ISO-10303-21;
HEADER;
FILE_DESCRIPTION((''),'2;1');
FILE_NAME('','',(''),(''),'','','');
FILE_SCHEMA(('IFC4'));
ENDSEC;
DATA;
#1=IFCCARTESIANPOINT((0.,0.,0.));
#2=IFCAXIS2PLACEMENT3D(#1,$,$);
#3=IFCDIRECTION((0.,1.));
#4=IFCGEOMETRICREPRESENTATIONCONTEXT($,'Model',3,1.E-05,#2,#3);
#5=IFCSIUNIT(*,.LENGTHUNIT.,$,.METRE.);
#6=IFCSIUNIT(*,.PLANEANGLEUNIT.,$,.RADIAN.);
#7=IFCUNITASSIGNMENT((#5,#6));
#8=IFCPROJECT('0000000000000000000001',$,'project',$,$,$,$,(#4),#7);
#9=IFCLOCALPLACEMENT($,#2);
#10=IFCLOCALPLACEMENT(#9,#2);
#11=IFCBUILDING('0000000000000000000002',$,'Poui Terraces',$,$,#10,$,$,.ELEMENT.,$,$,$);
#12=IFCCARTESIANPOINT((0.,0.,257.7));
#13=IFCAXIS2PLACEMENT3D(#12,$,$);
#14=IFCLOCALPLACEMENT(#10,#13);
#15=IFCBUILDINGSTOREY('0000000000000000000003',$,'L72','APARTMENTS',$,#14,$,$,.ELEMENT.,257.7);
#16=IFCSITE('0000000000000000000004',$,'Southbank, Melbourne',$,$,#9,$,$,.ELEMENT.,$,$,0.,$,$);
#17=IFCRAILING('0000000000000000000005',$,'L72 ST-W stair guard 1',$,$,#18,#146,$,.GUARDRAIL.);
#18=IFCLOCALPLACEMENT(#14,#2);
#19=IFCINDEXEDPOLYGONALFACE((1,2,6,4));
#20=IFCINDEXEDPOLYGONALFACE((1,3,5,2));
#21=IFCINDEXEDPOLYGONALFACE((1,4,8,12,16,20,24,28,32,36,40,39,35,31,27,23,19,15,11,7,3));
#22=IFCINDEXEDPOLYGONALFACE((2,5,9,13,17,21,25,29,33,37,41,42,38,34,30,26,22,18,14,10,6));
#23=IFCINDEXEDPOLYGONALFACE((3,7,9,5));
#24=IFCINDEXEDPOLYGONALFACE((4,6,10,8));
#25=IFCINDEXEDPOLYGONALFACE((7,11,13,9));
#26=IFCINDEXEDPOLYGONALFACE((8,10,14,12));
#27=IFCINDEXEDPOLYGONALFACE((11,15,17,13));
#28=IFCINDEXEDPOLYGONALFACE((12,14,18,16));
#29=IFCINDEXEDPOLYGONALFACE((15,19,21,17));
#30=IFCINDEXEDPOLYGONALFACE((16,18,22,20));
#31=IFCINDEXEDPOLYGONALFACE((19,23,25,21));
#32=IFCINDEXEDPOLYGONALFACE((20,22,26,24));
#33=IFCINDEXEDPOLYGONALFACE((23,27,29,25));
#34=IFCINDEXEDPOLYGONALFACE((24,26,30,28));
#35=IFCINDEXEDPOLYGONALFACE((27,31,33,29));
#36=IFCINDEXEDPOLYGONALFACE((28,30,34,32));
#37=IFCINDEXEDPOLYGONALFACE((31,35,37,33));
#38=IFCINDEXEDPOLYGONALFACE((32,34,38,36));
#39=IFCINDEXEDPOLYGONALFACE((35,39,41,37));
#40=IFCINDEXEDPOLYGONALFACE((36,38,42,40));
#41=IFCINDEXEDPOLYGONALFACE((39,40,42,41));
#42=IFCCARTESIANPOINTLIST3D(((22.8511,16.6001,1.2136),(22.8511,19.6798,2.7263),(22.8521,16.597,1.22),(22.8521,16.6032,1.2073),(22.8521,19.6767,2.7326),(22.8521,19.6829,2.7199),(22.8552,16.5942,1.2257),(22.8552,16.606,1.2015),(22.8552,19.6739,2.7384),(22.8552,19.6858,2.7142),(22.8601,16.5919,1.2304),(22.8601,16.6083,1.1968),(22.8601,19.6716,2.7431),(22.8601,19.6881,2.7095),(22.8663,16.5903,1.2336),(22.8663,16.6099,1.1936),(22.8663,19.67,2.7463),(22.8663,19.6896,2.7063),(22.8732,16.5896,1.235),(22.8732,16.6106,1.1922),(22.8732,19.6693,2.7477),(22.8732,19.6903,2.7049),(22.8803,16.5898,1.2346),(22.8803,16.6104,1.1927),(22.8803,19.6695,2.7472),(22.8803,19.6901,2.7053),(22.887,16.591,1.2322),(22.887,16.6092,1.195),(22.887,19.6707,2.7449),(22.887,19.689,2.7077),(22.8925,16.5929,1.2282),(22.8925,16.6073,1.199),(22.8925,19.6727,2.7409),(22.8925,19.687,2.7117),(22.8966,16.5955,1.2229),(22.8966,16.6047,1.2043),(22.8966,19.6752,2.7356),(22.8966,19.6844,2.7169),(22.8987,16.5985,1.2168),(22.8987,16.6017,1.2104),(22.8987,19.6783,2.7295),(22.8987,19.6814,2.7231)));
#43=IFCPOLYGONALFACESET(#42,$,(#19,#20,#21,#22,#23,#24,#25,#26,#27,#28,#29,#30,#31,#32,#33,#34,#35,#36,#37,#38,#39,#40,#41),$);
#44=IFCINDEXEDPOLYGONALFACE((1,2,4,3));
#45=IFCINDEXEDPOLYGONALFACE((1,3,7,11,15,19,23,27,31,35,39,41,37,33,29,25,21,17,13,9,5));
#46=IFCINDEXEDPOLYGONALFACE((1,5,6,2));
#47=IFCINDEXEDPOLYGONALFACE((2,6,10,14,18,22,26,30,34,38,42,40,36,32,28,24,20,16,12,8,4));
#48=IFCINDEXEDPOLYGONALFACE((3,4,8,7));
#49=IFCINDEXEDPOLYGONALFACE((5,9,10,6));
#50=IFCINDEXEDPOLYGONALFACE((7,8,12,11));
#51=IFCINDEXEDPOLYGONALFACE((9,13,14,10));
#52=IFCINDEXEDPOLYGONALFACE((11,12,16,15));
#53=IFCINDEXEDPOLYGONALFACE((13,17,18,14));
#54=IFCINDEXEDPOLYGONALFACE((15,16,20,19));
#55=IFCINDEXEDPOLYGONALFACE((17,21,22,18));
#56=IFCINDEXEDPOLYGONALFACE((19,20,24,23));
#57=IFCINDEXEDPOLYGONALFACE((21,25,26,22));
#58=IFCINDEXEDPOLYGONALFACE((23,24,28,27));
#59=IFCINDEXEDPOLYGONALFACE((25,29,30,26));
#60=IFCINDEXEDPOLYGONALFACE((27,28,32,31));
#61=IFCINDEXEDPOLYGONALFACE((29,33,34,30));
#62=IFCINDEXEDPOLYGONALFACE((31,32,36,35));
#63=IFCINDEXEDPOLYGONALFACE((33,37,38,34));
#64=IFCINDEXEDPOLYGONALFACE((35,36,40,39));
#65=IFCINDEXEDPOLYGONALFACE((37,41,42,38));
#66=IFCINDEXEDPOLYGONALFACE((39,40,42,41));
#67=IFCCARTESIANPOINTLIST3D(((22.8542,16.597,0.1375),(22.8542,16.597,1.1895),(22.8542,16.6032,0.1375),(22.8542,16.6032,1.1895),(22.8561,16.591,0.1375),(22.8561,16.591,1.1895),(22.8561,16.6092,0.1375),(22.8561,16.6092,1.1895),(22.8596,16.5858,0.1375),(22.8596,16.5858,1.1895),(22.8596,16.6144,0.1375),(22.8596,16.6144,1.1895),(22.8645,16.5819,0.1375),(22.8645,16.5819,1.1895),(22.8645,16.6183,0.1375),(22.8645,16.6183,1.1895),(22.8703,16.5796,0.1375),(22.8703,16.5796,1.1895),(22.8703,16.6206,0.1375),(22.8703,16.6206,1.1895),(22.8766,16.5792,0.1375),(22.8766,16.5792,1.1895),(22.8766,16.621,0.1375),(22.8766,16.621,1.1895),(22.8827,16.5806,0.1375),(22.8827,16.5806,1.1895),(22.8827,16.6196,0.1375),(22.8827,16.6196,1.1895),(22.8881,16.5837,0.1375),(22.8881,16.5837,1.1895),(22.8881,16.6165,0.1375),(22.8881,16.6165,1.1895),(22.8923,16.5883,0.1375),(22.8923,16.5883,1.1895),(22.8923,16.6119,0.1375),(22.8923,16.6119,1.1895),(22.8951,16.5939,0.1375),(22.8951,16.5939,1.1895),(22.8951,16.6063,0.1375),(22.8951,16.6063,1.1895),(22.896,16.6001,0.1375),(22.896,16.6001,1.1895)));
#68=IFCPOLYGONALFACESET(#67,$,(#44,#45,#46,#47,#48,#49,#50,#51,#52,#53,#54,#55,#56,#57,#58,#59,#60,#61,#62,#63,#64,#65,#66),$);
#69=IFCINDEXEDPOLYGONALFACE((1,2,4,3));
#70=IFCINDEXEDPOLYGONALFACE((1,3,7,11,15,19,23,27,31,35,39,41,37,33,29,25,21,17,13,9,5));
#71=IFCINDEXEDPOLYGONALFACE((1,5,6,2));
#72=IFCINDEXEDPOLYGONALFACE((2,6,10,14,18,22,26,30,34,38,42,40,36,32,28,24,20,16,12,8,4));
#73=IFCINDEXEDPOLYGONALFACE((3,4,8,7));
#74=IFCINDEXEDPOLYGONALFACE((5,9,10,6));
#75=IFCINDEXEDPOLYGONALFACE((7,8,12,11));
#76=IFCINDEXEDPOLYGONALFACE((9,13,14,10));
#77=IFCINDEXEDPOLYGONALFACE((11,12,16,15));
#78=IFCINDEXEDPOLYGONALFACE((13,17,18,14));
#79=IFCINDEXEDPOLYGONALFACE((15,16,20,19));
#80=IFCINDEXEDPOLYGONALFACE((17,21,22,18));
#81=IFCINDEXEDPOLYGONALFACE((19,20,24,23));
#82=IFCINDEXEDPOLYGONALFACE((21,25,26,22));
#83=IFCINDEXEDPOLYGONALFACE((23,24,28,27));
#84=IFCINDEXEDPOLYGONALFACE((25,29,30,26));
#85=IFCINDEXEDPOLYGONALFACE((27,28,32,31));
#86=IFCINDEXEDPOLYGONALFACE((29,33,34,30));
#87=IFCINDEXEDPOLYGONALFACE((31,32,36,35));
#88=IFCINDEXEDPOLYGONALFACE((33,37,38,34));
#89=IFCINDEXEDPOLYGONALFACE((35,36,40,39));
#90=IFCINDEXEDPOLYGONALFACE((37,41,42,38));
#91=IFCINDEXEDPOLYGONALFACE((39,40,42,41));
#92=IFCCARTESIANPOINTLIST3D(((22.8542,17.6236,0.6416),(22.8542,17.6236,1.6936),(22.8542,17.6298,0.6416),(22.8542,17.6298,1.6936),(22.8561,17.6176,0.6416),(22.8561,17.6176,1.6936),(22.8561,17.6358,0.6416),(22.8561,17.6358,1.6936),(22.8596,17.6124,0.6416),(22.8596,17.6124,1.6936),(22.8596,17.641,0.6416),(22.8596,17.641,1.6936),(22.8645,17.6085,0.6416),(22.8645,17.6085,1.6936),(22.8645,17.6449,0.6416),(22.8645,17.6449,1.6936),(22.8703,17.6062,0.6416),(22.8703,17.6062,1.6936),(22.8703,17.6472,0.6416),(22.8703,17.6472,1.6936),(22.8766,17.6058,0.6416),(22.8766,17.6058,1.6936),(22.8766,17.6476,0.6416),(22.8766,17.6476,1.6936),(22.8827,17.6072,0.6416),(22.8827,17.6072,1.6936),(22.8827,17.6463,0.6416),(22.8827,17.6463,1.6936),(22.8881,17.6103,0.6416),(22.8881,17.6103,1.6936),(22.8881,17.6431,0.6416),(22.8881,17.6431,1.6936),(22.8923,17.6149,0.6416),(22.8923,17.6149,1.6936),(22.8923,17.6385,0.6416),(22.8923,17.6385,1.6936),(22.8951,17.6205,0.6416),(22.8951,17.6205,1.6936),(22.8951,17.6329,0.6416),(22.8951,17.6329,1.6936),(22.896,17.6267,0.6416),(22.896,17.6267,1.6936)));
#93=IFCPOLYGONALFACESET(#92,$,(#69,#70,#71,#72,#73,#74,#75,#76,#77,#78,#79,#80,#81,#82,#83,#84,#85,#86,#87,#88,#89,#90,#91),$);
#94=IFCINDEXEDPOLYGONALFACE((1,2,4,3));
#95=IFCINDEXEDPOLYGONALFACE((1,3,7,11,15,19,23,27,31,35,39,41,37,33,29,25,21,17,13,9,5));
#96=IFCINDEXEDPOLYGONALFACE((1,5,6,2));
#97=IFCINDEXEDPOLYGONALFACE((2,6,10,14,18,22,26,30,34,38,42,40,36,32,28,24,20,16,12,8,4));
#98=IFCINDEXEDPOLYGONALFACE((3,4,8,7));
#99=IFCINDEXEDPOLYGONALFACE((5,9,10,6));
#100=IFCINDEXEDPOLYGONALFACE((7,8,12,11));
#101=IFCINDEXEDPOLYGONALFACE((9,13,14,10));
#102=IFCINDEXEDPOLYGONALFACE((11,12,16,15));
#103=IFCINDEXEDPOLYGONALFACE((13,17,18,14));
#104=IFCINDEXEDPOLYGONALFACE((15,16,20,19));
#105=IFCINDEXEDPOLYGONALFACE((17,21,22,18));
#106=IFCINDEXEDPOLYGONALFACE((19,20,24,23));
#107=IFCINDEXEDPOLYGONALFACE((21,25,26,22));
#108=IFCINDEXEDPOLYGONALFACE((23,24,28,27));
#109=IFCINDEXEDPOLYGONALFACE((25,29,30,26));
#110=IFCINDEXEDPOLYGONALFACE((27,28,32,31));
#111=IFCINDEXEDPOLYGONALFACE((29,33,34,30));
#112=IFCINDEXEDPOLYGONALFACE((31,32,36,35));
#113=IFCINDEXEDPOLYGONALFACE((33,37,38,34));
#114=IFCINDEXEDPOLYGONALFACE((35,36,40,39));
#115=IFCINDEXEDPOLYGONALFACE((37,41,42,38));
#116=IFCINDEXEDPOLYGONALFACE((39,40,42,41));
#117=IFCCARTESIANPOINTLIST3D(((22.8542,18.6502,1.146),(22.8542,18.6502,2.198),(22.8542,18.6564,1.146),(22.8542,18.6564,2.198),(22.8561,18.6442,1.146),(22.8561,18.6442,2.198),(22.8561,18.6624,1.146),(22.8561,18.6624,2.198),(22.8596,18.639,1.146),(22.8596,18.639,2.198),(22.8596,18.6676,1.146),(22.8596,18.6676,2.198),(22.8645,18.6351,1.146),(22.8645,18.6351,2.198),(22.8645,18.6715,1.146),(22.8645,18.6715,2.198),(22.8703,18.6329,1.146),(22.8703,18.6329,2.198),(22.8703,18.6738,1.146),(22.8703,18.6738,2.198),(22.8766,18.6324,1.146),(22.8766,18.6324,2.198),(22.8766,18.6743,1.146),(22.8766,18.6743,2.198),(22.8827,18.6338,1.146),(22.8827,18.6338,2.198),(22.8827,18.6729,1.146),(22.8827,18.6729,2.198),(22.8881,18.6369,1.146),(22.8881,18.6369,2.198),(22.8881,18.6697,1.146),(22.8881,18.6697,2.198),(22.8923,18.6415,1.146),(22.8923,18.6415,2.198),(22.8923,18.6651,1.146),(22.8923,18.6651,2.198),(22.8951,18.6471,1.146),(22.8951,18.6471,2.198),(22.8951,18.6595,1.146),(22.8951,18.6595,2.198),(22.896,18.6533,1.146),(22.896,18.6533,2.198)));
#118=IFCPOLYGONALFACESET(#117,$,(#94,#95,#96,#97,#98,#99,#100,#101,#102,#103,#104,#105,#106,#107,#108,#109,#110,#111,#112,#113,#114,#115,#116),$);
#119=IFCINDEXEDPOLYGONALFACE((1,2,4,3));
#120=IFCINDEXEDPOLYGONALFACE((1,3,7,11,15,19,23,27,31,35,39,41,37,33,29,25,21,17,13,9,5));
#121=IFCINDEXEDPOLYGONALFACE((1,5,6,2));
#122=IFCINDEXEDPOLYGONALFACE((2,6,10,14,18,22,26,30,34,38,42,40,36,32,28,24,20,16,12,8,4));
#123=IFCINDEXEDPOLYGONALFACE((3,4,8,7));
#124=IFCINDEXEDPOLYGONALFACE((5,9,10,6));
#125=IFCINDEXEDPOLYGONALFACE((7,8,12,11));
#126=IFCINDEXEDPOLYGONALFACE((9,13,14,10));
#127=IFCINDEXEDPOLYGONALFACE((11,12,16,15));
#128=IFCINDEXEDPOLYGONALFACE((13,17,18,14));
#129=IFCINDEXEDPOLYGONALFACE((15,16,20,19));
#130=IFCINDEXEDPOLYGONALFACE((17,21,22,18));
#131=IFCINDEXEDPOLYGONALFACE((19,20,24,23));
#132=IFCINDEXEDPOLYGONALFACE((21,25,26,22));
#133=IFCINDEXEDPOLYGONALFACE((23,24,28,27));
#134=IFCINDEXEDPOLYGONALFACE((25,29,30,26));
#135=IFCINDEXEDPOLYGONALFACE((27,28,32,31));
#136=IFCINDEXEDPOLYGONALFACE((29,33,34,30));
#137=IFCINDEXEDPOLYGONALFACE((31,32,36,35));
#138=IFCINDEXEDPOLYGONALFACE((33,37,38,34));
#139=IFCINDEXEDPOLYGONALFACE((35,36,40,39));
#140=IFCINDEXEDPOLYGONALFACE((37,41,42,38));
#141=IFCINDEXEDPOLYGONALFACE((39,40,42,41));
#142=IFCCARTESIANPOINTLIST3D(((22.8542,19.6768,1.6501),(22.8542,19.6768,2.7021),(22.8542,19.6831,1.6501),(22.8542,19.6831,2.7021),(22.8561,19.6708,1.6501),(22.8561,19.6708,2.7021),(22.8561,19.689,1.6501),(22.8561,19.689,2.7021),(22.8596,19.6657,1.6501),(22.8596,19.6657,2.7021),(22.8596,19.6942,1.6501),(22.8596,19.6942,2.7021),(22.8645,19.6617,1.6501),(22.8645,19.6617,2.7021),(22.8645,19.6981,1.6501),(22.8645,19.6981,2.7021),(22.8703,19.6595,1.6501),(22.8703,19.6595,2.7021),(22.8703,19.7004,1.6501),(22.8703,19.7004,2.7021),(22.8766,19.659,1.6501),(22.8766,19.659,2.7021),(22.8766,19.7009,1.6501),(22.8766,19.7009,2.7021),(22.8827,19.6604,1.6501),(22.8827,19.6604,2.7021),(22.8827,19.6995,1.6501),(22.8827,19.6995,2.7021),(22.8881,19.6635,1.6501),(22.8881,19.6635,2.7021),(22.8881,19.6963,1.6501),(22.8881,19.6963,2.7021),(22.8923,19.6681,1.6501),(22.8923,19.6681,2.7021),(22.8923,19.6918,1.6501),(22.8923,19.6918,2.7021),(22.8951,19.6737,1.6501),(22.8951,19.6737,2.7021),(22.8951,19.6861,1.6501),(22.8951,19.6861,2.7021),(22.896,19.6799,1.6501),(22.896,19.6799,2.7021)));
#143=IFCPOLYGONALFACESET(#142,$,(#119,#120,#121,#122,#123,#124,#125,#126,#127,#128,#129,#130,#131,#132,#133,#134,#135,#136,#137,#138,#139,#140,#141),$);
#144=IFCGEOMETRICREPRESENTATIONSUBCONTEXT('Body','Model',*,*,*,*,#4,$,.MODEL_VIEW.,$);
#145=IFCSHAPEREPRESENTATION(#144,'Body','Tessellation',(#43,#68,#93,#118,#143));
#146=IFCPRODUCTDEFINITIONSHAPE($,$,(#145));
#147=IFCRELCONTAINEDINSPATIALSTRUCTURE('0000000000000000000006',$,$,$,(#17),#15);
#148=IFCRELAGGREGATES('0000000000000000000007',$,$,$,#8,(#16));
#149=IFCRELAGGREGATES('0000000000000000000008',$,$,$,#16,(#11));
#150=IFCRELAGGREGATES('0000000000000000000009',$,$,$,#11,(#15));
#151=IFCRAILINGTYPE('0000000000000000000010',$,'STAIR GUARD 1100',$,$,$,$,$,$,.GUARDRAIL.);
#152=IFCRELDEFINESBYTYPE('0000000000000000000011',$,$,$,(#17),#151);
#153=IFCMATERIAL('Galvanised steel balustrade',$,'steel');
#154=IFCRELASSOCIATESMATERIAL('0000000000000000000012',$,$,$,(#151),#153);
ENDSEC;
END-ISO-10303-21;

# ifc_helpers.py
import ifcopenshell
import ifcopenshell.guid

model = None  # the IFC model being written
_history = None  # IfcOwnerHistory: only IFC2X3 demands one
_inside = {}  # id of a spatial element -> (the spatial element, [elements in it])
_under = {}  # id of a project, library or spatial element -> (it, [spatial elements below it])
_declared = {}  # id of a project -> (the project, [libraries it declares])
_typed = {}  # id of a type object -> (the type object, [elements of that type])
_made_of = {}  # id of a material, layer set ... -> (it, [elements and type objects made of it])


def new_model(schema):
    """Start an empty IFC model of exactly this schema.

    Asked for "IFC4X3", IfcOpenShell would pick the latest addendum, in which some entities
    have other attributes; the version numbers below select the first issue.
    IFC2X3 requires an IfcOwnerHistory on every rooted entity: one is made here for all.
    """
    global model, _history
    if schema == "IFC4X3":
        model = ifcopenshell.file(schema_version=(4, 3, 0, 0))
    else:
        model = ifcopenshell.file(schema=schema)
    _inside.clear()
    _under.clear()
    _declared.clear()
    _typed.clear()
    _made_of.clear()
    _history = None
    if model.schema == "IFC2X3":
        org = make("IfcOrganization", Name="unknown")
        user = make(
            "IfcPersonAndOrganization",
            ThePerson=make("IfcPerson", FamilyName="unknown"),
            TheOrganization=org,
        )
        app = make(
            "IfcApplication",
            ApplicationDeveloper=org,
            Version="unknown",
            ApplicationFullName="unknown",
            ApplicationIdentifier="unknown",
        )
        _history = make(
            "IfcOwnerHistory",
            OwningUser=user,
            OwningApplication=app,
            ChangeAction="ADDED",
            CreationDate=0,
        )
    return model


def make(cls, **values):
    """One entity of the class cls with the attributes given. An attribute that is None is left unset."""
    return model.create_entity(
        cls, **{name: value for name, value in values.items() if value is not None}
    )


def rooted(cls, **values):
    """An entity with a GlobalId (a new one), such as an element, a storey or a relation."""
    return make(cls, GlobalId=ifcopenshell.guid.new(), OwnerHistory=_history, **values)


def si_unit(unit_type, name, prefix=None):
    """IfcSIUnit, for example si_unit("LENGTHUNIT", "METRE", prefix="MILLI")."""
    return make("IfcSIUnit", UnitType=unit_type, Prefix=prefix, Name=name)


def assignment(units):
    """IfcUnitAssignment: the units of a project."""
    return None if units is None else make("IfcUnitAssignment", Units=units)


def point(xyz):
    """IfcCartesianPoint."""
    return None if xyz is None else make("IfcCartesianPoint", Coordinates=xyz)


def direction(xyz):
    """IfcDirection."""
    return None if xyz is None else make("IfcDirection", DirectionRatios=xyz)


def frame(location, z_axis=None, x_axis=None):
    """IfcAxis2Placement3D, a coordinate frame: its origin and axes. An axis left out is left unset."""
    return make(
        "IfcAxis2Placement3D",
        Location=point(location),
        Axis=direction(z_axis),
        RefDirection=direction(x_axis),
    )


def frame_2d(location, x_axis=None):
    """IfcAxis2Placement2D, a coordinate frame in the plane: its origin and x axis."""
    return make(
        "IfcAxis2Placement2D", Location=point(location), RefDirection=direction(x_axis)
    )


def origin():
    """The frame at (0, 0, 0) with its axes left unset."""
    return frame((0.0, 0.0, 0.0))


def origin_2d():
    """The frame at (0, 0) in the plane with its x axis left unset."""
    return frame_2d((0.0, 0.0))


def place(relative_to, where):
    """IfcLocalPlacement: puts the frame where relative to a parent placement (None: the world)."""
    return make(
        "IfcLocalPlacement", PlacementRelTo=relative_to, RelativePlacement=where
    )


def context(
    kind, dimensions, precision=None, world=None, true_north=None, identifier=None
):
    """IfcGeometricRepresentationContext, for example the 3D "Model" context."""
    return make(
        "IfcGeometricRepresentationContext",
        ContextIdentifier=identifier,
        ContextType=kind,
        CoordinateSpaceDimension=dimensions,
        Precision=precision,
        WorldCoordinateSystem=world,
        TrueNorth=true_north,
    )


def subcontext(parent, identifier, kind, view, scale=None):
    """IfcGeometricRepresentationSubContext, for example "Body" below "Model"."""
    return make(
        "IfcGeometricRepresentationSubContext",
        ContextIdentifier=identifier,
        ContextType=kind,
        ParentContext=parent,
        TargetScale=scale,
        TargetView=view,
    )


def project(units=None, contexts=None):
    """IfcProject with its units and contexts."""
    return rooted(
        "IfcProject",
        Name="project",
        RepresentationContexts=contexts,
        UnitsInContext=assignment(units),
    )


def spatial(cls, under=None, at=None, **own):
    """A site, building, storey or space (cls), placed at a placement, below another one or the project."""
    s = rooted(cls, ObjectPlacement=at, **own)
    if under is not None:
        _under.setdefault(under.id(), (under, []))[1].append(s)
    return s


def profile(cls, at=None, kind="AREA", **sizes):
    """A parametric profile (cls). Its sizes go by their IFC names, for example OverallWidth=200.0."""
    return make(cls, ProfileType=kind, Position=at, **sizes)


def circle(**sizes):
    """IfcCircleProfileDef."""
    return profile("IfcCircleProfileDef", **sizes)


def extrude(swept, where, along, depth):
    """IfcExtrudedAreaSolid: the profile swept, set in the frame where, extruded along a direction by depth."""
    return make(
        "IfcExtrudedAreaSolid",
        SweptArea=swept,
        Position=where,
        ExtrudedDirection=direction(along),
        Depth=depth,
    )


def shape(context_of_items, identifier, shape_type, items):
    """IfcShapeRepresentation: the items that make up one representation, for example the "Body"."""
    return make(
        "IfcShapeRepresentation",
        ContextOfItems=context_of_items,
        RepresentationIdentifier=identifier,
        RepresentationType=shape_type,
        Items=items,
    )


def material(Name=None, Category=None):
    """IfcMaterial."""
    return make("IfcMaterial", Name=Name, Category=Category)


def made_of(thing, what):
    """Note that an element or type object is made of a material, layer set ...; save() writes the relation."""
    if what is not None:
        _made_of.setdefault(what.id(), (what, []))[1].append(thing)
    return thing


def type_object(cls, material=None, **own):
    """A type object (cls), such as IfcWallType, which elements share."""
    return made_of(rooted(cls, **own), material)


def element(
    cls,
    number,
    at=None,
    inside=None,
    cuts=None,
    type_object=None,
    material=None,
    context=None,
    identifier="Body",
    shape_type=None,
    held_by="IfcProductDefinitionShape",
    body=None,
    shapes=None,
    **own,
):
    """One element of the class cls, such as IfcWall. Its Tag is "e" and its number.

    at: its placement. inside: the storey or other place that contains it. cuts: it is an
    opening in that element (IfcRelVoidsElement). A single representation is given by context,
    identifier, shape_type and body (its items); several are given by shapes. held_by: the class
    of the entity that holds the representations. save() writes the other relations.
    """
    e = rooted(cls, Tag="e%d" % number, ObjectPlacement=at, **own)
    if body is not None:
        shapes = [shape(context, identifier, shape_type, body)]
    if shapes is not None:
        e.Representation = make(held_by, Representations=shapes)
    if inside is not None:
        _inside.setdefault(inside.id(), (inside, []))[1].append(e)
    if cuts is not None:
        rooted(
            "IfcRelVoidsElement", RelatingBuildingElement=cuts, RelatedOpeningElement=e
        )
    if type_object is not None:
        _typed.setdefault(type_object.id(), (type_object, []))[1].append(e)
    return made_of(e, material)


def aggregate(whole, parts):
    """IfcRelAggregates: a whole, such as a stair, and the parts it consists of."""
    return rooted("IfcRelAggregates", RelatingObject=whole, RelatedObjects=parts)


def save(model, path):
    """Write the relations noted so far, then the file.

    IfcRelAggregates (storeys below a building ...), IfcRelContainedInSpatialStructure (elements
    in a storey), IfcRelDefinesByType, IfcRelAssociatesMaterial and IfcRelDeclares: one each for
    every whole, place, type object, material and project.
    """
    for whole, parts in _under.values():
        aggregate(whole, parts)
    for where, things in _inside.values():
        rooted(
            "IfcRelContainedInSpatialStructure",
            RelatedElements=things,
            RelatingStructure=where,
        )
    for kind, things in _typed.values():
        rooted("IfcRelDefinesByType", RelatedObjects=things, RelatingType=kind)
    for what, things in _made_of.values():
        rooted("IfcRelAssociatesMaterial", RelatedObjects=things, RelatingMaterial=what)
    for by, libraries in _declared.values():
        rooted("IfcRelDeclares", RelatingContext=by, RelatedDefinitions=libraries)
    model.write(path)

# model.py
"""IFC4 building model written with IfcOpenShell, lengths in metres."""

from ifc_helpers import new_model, si_unit, direction, frame, origin, origin_2d, place, context, subcontext, project, spatial, circle, extrude, material, type_object, element, save


model = new_model("IFC4")

# Units and contexts
model_context = context("Model", 3, precision=1e-05, world=origin(), true_north=direction((0.0, 1.0)))
body_context = subcontext(model_context, "Body", "Model", "MODEL_VIEW")
ifc_project = project(units=[si_unit("LENGTHUNIT", "METRE"), si_unit("PLANEANGLEUNIT", "RADIAN")], contexts=[model_context])

# Site, building, storey
site_placement = place(None, origin())
site = spatial("IfcSite", under=ifc_project, at=site_placement, Name="Southbank, Melbourne", CompositionType="ELEMENT", RefElevation=0.0)
building_placement = place(site_placement, origin())
building = spatial("IfcBuilding", under=site, at=building_placement, Name="Poui Terraces", CompositionType="ELEMENT")
storey_placement = place(building_placement, frame((0.0, 0.0, 257.7)))
storey = spatial("IfcBuildingStorey", under=building, at=storey_placement, Name="L72", Description="APARTMENTS", CompositionType="ELEMENT", Elevation=257.7)

# Railing
ifc_material_1 = material(Name="Galvanised steel balustrade", Category="steel")
railing_type_1 = type_object("IfcRailingType", Name="STAIR GUARD 1100", PredefinedType="GUARDRAIL", material=ifc_material_1)
railing_1_placement = place(storey_placement, frame((22.875, 16.6001, 0.1375)))
element("IfcRailing", 1, at=railing_1_placement, inside=storey, type_object=railing_type_1, Name="L72 ST-W stair guard 1", PredefinedType="GUARDRAIL", context=body_context, shape_type="SweptSolid", body=[
    extrude(circle(Radius=0.0239, at=origin_2d()), frame((0.0, 0.0, 1.0762), z_axis=(0.0, 0.897578, 0.440856), x_axis=(-1.0, 0.0, 0.0)), (0.0, 0.0, 1.0), 3.4312),
    extrude(circle(Radius=0.021, at=origin_2d()), origin(), (0.0, 0.0, 1.0), 1.052),
    extrude(circle(Radius=0.021, at=origin_2d()), frame((0.0, 1.0266, 0.5042)), (0.0, 0.0, 1.0), 1.052),
    extrude(circle(Radius=0.021, at=origin_2d()), frame((0.0, 2.0532, 1.0085)), (0.0, 0.0, 1.0), 1.052),
    extrude(circle(Radius=0.021, at=origin_2d()), frame((0.0, 3.0798, 1.5127)), (0.0, 0.0, 1.0), 1.052),
])

save(model, "model.ifc")
